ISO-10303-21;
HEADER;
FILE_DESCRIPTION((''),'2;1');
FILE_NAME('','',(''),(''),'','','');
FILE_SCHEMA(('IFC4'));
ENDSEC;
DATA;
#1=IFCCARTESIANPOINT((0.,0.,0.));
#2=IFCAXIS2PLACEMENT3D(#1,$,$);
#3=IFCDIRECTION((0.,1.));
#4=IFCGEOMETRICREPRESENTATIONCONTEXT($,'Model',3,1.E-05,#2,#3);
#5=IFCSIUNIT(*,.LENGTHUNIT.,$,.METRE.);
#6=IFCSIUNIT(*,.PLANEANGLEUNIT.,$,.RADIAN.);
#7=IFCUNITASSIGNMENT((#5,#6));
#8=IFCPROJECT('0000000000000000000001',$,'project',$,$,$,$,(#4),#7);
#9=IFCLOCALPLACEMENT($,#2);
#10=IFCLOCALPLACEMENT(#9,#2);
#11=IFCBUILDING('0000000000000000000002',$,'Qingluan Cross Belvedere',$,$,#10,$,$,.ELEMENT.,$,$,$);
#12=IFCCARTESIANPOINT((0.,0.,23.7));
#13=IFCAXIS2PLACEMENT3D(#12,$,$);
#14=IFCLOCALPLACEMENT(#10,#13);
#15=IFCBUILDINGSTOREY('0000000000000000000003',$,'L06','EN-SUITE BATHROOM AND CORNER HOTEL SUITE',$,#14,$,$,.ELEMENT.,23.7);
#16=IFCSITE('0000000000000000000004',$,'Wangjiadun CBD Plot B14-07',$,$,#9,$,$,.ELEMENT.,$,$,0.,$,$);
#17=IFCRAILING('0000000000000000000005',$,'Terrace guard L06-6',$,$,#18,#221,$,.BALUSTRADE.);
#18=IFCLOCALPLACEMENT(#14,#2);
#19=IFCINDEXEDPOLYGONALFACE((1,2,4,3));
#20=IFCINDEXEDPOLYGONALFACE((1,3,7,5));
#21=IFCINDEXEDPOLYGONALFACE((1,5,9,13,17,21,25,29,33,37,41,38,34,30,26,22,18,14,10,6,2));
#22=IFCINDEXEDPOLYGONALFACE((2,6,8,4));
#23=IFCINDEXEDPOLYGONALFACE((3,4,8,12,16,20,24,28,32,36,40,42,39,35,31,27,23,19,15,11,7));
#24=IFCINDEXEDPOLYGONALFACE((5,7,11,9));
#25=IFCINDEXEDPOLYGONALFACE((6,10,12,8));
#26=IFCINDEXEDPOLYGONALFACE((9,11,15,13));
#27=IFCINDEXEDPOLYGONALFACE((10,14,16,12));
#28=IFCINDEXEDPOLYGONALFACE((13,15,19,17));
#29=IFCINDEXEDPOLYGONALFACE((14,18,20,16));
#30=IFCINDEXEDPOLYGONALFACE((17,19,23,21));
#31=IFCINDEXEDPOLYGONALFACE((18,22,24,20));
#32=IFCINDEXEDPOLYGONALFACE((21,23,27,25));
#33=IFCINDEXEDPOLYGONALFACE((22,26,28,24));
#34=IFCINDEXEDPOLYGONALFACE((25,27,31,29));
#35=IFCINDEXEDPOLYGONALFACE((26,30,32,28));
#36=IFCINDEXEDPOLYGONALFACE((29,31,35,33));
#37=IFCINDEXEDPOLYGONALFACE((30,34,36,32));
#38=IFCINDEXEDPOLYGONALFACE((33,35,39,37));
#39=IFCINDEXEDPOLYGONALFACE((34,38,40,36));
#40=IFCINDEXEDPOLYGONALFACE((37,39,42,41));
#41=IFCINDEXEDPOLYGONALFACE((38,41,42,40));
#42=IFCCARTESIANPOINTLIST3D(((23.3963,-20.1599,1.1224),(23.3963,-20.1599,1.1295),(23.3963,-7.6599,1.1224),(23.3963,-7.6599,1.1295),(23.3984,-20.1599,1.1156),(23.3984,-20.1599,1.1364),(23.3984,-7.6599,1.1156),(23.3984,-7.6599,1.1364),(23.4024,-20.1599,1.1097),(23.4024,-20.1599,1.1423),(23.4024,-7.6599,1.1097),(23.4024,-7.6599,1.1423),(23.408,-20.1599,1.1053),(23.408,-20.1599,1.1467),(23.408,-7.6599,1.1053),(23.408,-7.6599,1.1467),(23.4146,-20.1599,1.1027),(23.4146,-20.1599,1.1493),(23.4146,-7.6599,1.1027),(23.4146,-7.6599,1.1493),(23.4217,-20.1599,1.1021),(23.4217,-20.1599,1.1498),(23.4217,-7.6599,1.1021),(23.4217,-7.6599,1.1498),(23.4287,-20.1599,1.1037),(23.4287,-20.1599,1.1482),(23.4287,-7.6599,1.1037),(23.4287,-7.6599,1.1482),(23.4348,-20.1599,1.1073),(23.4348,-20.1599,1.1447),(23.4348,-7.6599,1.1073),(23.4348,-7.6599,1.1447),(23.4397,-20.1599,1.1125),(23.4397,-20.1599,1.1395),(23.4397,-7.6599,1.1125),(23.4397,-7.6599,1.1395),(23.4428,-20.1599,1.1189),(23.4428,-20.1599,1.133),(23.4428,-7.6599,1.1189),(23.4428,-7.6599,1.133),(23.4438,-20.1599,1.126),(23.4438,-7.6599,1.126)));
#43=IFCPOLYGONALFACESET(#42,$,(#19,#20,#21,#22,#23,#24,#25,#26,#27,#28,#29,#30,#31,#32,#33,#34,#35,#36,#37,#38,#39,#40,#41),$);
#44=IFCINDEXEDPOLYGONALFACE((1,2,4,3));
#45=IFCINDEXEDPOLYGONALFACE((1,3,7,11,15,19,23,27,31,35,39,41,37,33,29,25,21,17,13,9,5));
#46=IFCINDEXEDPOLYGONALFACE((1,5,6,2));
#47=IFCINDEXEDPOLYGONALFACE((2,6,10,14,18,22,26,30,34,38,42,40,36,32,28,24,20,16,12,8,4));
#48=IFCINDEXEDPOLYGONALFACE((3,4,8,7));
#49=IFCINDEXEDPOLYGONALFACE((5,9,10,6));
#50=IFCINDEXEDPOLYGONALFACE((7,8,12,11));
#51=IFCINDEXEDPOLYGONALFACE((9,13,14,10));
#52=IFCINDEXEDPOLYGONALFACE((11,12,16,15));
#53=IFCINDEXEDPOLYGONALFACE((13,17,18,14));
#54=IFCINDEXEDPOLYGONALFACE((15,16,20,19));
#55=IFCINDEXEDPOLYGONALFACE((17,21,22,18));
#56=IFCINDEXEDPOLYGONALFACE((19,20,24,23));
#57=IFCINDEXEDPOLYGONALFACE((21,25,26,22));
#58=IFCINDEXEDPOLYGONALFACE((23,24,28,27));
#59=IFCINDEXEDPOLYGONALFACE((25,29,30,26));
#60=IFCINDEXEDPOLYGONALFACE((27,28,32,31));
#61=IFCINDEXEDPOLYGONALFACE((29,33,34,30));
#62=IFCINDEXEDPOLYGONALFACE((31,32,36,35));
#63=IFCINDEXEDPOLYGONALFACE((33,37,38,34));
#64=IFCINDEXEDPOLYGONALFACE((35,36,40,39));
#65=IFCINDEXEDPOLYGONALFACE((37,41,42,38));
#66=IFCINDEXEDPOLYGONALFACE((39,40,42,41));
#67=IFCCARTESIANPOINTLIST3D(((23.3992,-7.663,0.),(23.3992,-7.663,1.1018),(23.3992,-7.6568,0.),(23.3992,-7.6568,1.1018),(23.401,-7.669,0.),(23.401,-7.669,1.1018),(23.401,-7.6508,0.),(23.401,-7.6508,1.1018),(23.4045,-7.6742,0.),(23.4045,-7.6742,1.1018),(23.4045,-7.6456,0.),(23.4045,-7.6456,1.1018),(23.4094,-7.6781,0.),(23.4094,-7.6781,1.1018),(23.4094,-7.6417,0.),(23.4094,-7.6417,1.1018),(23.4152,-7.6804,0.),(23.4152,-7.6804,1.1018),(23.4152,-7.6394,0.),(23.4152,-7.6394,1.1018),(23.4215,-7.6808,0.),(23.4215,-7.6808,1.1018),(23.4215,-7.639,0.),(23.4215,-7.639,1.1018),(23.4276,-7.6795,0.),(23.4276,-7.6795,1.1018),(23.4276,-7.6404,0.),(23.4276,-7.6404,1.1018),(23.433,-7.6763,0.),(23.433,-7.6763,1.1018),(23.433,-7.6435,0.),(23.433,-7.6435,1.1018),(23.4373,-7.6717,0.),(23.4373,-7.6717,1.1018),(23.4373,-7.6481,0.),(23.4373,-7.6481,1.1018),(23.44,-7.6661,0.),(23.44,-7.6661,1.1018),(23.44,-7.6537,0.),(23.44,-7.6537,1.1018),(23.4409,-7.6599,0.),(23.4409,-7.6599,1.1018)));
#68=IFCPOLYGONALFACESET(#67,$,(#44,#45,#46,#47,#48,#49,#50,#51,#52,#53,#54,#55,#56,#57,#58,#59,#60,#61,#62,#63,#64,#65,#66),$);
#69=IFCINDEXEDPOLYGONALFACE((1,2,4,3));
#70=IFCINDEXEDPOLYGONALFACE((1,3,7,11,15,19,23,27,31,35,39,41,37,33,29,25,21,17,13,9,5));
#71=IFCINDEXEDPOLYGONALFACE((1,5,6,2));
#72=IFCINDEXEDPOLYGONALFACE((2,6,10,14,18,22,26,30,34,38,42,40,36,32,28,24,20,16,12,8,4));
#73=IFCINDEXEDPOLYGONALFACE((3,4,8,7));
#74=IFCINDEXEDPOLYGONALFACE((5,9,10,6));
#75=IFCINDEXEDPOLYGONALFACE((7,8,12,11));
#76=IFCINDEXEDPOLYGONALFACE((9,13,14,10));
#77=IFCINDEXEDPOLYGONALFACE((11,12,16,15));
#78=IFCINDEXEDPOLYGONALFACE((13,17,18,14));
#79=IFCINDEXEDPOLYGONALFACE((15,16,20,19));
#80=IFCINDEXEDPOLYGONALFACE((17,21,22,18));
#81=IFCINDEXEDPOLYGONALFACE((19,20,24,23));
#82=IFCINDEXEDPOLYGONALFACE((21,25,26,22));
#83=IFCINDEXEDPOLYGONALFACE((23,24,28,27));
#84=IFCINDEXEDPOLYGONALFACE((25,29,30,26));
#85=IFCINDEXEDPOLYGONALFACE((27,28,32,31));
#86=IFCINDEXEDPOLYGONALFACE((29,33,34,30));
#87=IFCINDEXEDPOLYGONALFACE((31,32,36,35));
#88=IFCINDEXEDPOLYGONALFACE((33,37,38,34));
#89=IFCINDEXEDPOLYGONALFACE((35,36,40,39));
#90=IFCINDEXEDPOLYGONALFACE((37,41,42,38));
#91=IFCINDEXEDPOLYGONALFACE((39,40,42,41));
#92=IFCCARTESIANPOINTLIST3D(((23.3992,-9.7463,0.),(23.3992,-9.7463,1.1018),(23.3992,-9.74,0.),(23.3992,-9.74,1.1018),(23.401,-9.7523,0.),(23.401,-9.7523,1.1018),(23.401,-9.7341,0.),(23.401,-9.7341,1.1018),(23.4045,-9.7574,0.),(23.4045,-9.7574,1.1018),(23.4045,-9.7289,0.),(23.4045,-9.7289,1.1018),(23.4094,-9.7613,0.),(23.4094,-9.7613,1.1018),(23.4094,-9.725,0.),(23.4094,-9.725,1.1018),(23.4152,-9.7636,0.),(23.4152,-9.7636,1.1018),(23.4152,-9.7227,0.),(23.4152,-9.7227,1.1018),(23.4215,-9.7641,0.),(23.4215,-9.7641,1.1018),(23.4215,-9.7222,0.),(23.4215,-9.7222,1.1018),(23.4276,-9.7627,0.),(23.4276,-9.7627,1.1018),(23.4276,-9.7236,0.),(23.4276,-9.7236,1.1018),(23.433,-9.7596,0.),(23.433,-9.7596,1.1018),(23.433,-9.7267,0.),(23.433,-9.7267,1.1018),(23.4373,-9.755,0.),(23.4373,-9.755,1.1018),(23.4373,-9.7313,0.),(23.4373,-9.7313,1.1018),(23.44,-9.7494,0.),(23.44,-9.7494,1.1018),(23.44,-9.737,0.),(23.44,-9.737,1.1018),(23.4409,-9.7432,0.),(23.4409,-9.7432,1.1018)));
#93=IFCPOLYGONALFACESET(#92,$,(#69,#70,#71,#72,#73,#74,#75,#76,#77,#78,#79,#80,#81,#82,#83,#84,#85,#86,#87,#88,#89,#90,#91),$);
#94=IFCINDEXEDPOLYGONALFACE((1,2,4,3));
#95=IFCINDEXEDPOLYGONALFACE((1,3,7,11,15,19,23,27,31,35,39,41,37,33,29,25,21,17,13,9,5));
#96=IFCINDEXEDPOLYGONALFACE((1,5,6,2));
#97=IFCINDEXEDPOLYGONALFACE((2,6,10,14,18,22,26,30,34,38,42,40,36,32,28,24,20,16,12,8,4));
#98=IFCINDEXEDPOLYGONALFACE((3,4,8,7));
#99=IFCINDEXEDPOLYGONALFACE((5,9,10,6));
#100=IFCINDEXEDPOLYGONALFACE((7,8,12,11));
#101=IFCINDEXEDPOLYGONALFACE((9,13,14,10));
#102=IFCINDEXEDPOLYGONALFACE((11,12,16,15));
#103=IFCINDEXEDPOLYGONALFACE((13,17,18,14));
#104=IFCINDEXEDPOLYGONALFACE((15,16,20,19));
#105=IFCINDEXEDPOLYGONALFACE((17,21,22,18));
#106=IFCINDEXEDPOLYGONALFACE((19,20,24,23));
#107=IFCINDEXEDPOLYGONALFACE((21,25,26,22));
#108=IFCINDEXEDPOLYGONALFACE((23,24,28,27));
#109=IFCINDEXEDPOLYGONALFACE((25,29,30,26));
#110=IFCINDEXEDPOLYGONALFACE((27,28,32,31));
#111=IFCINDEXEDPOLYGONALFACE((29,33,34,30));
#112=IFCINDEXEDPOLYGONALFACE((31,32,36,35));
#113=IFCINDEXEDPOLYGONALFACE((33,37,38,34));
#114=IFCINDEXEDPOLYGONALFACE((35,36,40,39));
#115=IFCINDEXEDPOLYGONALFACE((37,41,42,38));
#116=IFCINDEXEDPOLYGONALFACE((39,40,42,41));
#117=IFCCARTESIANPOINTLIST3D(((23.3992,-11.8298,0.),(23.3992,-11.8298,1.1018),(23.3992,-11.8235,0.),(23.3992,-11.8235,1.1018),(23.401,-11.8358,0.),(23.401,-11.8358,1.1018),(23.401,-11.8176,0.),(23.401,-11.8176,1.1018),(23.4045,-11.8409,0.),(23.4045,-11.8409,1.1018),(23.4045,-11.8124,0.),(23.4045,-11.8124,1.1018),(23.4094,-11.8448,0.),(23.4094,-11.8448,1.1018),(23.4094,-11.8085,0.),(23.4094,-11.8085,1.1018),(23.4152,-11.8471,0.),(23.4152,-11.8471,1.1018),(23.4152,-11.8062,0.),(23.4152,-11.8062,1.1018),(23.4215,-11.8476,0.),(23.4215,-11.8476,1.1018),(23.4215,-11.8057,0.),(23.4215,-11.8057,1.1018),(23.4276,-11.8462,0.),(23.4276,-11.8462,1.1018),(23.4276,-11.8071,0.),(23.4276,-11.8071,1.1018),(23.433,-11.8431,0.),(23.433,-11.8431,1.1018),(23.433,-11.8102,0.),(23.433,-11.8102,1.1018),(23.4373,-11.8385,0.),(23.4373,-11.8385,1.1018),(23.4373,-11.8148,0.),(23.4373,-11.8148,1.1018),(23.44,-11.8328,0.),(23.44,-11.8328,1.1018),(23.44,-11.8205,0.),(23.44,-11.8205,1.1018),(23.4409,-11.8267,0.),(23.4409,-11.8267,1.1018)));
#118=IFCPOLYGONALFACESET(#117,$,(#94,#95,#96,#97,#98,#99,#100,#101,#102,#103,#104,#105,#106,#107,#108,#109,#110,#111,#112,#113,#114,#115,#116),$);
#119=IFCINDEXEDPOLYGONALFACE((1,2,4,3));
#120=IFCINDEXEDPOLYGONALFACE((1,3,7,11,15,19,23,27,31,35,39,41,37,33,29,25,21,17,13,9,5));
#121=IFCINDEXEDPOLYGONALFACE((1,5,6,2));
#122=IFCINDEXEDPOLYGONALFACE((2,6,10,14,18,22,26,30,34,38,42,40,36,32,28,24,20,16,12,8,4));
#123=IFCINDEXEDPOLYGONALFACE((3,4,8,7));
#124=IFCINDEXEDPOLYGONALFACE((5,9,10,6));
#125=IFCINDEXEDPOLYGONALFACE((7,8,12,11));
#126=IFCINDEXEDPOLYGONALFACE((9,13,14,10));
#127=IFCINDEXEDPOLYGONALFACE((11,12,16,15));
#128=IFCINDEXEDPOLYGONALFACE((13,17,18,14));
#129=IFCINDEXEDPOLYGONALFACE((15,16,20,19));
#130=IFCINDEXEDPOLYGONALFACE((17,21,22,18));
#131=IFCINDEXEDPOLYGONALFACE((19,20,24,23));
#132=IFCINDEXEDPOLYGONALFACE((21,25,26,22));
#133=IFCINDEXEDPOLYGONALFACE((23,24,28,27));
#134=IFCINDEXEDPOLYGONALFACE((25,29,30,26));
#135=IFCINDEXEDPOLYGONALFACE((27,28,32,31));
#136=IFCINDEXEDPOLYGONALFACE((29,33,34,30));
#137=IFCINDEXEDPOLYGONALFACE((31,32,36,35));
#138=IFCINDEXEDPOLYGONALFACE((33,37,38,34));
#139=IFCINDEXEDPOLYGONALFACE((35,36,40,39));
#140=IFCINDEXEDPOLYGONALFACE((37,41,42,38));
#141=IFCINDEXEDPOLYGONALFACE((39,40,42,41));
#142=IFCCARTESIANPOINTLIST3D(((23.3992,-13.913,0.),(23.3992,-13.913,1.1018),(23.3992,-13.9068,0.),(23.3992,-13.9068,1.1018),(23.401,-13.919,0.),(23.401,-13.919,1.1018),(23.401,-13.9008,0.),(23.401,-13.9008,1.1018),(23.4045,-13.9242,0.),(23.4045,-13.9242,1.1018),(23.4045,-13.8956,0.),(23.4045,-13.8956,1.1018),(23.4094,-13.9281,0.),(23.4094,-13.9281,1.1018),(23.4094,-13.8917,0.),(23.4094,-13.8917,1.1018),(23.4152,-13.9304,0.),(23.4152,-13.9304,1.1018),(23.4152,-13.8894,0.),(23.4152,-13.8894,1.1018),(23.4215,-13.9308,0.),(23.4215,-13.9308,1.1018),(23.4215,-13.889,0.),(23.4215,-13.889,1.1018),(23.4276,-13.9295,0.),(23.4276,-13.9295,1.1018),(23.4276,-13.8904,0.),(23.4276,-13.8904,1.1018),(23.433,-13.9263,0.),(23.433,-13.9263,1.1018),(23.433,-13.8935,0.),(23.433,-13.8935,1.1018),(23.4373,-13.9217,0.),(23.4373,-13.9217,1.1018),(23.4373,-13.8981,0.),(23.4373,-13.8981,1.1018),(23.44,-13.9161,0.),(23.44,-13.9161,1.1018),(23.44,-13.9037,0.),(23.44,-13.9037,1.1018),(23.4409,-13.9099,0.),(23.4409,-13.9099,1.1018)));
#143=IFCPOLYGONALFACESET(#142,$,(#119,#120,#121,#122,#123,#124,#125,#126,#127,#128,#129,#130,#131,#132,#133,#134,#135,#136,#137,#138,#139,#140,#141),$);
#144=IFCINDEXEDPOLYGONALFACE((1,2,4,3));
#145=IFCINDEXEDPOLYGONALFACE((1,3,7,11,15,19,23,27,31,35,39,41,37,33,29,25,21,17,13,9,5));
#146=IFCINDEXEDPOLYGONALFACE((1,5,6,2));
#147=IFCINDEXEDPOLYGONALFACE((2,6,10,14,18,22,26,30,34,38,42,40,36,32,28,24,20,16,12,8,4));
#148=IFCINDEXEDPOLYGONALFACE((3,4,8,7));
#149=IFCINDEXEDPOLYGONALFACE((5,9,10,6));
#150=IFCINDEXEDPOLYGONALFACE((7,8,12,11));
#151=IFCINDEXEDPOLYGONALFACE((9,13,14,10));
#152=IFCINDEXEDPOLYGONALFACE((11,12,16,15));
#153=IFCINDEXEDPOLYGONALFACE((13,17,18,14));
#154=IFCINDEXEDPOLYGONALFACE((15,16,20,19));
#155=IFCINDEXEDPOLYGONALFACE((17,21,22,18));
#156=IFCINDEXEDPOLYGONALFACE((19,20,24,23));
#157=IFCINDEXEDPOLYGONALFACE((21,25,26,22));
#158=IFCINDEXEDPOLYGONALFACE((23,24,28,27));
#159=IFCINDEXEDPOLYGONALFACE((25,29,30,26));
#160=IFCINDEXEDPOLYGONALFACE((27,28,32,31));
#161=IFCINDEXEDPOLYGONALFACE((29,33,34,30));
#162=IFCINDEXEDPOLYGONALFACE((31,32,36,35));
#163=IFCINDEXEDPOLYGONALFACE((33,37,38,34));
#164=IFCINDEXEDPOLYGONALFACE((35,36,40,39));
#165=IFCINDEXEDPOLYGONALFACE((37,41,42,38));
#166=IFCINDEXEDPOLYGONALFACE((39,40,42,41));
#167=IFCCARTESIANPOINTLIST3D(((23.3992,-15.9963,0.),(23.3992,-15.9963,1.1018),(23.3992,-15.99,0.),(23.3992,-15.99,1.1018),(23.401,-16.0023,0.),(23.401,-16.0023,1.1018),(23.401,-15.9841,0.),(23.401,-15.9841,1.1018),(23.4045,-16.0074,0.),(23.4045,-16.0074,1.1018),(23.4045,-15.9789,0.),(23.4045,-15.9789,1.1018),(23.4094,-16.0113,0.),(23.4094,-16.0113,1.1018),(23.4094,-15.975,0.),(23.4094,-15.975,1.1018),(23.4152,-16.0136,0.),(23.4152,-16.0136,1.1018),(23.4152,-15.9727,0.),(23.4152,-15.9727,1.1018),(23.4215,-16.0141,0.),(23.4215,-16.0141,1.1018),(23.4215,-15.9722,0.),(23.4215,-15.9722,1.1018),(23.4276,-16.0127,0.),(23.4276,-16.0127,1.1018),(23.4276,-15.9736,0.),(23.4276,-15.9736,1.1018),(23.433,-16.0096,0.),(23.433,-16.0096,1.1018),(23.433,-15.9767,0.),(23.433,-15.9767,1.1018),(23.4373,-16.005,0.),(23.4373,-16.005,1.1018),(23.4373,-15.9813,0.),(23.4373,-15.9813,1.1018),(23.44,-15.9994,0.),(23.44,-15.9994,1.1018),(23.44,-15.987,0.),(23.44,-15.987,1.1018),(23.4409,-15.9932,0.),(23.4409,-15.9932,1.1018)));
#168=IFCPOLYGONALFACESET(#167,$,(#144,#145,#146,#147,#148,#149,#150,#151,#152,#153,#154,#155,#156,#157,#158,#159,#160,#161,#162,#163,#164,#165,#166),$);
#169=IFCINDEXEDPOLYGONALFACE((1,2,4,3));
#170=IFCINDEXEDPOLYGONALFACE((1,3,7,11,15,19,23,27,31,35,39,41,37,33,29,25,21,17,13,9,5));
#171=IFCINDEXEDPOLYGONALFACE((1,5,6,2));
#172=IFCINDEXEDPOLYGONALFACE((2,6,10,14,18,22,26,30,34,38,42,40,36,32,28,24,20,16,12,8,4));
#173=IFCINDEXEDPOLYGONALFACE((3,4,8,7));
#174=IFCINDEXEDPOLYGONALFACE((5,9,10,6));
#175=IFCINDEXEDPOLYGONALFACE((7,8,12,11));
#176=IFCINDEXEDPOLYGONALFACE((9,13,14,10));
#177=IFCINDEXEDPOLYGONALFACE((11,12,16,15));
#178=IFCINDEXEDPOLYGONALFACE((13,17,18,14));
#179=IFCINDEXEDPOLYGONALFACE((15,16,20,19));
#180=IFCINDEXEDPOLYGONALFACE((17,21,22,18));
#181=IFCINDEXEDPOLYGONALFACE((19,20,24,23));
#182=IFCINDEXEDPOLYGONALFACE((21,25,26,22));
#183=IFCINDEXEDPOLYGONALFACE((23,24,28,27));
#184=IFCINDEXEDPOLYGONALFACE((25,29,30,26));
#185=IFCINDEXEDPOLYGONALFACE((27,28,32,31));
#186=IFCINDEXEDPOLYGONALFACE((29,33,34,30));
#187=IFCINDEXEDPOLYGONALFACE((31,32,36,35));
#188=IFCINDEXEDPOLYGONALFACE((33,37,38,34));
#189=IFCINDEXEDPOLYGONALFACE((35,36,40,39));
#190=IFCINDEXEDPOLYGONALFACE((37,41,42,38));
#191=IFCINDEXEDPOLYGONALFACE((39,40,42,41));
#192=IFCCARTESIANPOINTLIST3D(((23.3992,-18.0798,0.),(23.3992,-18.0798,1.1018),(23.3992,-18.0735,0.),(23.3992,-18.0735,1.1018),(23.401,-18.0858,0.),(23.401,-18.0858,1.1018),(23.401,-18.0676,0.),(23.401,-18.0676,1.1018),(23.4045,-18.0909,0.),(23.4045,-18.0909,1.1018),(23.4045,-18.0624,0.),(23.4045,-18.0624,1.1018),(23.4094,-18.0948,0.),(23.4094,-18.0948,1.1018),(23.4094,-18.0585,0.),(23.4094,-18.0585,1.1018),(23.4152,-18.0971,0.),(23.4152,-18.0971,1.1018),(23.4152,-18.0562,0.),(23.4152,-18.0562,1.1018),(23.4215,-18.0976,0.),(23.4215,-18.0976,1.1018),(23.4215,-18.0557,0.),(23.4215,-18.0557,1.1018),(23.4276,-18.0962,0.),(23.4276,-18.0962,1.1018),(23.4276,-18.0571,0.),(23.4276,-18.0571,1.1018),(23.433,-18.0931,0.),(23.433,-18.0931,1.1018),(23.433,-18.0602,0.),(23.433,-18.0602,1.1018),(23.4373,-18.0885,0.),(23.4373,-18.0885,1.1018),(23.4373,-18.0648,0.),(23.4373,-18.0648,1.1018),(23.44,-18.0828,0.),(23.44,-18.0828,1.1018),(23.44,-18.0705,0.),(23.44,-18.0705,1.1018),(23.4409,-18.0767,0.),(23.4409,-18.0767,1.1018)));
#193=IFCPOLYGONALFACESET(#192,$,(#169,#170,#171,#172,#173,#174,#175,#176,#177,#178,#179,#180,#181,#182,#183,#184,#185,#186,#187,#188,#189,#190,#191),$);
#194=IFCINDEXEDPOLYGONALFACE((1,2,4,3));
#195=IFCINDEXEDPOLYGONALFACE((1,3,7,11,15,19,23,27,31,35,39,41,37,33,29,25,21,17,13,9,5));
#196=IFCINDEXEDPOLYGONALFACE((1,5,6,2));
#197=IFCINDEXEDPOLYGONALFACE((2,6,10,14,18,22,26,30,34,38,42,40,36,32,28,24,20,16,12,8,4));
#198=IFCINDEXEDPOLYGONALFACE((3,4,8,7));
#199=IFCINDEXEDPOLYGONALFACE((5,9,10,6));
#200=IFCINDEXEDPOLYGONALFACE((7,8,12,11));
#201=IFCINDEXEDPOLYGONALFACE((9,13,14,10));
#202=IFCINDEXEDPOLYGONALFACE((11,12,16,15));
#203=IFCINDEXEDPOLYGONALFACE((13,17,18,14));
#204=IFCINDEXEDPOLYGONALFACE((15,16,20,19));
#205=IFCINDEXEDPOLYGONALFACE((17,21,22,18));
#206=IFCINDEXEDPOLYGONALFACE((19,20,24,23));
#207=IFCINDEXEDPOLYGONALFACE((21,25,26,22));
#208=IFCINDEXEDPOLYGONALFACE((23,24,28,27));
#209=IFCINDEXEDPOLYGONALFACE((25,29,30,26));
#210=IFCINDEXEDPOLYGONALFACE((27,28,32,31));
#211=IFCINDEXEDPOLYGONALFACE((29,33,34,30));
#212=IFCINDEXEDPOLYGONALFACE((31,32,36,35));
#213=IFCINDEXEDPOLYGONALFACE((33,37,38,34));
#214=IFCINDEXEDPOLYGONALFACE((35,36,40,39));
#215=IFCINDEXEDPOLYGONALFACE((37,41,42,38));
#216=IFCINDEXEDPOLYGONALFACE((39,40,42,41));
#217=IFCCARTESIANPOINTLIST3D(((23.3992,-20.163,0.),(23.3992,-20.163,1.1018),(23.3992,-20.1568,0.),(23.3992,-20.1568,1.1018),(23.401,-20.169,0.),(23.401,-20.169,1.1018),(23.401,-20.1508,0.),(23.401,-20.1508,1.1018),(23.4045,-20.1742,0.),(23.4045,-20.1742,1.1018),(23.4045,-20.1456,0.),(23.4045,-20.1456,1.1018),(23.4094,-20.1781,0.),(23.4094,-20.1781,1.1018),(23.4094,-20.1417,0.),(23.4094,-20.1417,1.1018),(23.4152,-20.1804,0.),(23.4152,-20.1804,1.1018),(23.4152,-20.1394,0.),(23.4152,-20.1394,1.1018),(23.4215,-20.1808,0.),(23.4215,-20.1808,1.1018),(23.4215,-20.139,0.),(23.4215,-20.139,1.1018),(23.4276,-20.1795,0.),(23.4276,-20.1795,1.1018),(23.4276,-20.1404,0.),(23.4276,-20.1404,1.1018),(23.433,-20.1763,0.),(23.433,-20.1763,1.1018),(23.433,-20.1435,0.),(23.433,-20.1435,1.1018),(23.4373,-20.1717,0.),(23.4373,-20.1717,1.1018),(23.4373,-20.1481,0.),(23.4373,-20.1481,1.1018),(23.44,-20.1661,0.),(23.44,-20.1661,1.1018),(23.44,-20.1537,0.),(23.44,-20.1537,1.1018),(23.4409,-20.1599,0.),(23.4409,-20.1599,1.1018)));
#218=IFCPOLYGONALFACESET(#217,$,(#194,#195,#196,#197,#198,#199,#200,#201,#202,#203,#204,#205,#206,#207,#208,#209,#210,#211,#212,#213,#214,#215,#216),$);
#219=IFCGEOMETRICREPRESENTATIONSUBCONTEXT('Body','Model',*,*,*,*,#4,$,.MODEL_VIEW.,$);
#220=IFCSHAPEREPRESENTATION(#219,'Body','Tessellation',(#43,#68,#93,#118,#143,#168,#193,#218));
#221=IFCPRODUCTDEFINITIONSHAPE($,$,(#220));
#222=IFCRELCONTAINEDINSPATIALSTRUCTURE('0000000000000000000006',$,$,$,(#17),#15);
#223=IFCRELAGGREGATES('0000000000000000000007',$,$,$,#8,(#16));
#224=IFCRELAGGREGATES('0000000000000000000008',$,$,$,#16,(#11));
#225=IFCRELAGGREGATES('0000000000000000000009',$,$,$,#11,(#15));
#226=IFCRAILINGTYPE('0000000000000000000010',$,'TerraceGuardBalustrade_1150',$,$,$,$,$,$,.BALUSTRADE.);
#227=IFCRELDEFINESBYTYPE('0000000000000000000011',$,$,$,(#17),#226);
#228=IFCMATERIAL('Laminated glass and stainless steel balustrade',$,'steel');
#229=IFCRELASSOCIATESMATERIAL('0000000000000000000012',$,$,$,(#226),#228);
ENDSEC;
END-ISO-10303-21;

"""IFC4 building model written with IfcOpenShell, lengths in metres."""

from ifc_helpers import new_model, si_unit, direction, frame, origin, origin_2d, place, context, subcontext, project, spatial, circle, extrude, material, type_object, element, save


model = new_model("IFC4")

# Units and contexts
model_context = context("Model", 3, precision=1e-05, world=origin(), true_north=direction((0.0, 1.0)))
body_context = subcontext(model_context, "Body", "Model", "MODEL_VIEW")
ifc_project = project(units=[si_unit("LENGTHUNIT", "METRE"), si_unit("PLANEANGLEUNIT", "RADIAN")], contexts=[model_context])

# Site, building, storey
site_placement = place(None, origin())
site = spatial("IfcSite", under=ifc_project, at=site_placement, Name="Wangjiadun CBD Plot B14-07", CompositionType="ELEMENT", RefElevation=0.0)
building_placement = place(site_placement, origin())
building = spatial("IfcBuilding", under=site, at=building_placement, Name="Qingluan Cross Belvedere", CompositionType="ELEMENT")
storey_placement = place(building_placement, frame((0.0, 0.0, 23.7)))
storey = spatial("IfcBuildingStorey", under=building, at=storey_placement, Name="L06", Description="EN-SUITE BATHROOM AND CORNER HOTEL SUITE", CompositionType="ELEMENT", Elevation=23.7)

# Railing
ifc_material_1 = material(Name="Laminated glass and stainless steel balustrade", Category="steel")
railing_type = type_object("IfcRailingType", Name="TerraceGuardBalustrade_1150", PredefinedType="BALUSTRADE", material=ifc_material_1)
railing_1_placement = place(storey_placement, frame((23.4199, -7.6599, 0.0)))
element("IfcRailing", 1, at=railing_1_placement, inside=storey, type_object=railing_type, Name="Terrace guard L06-6", PredefinedType="BALUSTRADE", context=body_context, shape_type="SweptSolid", body=[
    extrude(circle(Radius=0.0239, at=origin_2d()), frame((0.0, 0.0, 1.126), z_axis=(0.0, -1.0, 0.0), x_axis=(1.0, 0.0, 0.0)), (0.0, 0.0, 1.0), 12.5),
    extrude(circle(Radius=0.021, at=origin_2d()), origin(), (0.0, 0.0, 1.0), 1.1018),
    extrude(circle(Radius=0.021, at=origin_2d()), frame((0.0, -2.0833, 0.0)), (0.0, 0.0, 1.0), 1.1018),
    extrude(circle(Radius=0.021, at=origin_2d()), frame((0.0, -4.1667, 0.0)), (0.0, 0.0, 1.0), 1.1018),
    extrude(circle(Radius=0.021, at=origin_2d()), frame((0.0, -6.25, 0.0)), (0.0, 0.0, 1.0), 1.1018),
    extrude(circle(Radius=0.021, at=origin_2d()), frame((0.0, -8.3333, 0.0)), (0.0, 0.0, 1.0), 1.1018),
    extrude(circle(Radius=0.021, at=origin_2d()), frame((0.0, -10.4167, 0.0)), (0.0, 0.0, 1.0), 1.1018),
    extrude(circle(Radius=0.021, at=origin_2d()), frame((0.0, -12.5, 0.0)), (0.0, 0.0, 1.0), 1.1018),
])

save(model, "model.ifc")
